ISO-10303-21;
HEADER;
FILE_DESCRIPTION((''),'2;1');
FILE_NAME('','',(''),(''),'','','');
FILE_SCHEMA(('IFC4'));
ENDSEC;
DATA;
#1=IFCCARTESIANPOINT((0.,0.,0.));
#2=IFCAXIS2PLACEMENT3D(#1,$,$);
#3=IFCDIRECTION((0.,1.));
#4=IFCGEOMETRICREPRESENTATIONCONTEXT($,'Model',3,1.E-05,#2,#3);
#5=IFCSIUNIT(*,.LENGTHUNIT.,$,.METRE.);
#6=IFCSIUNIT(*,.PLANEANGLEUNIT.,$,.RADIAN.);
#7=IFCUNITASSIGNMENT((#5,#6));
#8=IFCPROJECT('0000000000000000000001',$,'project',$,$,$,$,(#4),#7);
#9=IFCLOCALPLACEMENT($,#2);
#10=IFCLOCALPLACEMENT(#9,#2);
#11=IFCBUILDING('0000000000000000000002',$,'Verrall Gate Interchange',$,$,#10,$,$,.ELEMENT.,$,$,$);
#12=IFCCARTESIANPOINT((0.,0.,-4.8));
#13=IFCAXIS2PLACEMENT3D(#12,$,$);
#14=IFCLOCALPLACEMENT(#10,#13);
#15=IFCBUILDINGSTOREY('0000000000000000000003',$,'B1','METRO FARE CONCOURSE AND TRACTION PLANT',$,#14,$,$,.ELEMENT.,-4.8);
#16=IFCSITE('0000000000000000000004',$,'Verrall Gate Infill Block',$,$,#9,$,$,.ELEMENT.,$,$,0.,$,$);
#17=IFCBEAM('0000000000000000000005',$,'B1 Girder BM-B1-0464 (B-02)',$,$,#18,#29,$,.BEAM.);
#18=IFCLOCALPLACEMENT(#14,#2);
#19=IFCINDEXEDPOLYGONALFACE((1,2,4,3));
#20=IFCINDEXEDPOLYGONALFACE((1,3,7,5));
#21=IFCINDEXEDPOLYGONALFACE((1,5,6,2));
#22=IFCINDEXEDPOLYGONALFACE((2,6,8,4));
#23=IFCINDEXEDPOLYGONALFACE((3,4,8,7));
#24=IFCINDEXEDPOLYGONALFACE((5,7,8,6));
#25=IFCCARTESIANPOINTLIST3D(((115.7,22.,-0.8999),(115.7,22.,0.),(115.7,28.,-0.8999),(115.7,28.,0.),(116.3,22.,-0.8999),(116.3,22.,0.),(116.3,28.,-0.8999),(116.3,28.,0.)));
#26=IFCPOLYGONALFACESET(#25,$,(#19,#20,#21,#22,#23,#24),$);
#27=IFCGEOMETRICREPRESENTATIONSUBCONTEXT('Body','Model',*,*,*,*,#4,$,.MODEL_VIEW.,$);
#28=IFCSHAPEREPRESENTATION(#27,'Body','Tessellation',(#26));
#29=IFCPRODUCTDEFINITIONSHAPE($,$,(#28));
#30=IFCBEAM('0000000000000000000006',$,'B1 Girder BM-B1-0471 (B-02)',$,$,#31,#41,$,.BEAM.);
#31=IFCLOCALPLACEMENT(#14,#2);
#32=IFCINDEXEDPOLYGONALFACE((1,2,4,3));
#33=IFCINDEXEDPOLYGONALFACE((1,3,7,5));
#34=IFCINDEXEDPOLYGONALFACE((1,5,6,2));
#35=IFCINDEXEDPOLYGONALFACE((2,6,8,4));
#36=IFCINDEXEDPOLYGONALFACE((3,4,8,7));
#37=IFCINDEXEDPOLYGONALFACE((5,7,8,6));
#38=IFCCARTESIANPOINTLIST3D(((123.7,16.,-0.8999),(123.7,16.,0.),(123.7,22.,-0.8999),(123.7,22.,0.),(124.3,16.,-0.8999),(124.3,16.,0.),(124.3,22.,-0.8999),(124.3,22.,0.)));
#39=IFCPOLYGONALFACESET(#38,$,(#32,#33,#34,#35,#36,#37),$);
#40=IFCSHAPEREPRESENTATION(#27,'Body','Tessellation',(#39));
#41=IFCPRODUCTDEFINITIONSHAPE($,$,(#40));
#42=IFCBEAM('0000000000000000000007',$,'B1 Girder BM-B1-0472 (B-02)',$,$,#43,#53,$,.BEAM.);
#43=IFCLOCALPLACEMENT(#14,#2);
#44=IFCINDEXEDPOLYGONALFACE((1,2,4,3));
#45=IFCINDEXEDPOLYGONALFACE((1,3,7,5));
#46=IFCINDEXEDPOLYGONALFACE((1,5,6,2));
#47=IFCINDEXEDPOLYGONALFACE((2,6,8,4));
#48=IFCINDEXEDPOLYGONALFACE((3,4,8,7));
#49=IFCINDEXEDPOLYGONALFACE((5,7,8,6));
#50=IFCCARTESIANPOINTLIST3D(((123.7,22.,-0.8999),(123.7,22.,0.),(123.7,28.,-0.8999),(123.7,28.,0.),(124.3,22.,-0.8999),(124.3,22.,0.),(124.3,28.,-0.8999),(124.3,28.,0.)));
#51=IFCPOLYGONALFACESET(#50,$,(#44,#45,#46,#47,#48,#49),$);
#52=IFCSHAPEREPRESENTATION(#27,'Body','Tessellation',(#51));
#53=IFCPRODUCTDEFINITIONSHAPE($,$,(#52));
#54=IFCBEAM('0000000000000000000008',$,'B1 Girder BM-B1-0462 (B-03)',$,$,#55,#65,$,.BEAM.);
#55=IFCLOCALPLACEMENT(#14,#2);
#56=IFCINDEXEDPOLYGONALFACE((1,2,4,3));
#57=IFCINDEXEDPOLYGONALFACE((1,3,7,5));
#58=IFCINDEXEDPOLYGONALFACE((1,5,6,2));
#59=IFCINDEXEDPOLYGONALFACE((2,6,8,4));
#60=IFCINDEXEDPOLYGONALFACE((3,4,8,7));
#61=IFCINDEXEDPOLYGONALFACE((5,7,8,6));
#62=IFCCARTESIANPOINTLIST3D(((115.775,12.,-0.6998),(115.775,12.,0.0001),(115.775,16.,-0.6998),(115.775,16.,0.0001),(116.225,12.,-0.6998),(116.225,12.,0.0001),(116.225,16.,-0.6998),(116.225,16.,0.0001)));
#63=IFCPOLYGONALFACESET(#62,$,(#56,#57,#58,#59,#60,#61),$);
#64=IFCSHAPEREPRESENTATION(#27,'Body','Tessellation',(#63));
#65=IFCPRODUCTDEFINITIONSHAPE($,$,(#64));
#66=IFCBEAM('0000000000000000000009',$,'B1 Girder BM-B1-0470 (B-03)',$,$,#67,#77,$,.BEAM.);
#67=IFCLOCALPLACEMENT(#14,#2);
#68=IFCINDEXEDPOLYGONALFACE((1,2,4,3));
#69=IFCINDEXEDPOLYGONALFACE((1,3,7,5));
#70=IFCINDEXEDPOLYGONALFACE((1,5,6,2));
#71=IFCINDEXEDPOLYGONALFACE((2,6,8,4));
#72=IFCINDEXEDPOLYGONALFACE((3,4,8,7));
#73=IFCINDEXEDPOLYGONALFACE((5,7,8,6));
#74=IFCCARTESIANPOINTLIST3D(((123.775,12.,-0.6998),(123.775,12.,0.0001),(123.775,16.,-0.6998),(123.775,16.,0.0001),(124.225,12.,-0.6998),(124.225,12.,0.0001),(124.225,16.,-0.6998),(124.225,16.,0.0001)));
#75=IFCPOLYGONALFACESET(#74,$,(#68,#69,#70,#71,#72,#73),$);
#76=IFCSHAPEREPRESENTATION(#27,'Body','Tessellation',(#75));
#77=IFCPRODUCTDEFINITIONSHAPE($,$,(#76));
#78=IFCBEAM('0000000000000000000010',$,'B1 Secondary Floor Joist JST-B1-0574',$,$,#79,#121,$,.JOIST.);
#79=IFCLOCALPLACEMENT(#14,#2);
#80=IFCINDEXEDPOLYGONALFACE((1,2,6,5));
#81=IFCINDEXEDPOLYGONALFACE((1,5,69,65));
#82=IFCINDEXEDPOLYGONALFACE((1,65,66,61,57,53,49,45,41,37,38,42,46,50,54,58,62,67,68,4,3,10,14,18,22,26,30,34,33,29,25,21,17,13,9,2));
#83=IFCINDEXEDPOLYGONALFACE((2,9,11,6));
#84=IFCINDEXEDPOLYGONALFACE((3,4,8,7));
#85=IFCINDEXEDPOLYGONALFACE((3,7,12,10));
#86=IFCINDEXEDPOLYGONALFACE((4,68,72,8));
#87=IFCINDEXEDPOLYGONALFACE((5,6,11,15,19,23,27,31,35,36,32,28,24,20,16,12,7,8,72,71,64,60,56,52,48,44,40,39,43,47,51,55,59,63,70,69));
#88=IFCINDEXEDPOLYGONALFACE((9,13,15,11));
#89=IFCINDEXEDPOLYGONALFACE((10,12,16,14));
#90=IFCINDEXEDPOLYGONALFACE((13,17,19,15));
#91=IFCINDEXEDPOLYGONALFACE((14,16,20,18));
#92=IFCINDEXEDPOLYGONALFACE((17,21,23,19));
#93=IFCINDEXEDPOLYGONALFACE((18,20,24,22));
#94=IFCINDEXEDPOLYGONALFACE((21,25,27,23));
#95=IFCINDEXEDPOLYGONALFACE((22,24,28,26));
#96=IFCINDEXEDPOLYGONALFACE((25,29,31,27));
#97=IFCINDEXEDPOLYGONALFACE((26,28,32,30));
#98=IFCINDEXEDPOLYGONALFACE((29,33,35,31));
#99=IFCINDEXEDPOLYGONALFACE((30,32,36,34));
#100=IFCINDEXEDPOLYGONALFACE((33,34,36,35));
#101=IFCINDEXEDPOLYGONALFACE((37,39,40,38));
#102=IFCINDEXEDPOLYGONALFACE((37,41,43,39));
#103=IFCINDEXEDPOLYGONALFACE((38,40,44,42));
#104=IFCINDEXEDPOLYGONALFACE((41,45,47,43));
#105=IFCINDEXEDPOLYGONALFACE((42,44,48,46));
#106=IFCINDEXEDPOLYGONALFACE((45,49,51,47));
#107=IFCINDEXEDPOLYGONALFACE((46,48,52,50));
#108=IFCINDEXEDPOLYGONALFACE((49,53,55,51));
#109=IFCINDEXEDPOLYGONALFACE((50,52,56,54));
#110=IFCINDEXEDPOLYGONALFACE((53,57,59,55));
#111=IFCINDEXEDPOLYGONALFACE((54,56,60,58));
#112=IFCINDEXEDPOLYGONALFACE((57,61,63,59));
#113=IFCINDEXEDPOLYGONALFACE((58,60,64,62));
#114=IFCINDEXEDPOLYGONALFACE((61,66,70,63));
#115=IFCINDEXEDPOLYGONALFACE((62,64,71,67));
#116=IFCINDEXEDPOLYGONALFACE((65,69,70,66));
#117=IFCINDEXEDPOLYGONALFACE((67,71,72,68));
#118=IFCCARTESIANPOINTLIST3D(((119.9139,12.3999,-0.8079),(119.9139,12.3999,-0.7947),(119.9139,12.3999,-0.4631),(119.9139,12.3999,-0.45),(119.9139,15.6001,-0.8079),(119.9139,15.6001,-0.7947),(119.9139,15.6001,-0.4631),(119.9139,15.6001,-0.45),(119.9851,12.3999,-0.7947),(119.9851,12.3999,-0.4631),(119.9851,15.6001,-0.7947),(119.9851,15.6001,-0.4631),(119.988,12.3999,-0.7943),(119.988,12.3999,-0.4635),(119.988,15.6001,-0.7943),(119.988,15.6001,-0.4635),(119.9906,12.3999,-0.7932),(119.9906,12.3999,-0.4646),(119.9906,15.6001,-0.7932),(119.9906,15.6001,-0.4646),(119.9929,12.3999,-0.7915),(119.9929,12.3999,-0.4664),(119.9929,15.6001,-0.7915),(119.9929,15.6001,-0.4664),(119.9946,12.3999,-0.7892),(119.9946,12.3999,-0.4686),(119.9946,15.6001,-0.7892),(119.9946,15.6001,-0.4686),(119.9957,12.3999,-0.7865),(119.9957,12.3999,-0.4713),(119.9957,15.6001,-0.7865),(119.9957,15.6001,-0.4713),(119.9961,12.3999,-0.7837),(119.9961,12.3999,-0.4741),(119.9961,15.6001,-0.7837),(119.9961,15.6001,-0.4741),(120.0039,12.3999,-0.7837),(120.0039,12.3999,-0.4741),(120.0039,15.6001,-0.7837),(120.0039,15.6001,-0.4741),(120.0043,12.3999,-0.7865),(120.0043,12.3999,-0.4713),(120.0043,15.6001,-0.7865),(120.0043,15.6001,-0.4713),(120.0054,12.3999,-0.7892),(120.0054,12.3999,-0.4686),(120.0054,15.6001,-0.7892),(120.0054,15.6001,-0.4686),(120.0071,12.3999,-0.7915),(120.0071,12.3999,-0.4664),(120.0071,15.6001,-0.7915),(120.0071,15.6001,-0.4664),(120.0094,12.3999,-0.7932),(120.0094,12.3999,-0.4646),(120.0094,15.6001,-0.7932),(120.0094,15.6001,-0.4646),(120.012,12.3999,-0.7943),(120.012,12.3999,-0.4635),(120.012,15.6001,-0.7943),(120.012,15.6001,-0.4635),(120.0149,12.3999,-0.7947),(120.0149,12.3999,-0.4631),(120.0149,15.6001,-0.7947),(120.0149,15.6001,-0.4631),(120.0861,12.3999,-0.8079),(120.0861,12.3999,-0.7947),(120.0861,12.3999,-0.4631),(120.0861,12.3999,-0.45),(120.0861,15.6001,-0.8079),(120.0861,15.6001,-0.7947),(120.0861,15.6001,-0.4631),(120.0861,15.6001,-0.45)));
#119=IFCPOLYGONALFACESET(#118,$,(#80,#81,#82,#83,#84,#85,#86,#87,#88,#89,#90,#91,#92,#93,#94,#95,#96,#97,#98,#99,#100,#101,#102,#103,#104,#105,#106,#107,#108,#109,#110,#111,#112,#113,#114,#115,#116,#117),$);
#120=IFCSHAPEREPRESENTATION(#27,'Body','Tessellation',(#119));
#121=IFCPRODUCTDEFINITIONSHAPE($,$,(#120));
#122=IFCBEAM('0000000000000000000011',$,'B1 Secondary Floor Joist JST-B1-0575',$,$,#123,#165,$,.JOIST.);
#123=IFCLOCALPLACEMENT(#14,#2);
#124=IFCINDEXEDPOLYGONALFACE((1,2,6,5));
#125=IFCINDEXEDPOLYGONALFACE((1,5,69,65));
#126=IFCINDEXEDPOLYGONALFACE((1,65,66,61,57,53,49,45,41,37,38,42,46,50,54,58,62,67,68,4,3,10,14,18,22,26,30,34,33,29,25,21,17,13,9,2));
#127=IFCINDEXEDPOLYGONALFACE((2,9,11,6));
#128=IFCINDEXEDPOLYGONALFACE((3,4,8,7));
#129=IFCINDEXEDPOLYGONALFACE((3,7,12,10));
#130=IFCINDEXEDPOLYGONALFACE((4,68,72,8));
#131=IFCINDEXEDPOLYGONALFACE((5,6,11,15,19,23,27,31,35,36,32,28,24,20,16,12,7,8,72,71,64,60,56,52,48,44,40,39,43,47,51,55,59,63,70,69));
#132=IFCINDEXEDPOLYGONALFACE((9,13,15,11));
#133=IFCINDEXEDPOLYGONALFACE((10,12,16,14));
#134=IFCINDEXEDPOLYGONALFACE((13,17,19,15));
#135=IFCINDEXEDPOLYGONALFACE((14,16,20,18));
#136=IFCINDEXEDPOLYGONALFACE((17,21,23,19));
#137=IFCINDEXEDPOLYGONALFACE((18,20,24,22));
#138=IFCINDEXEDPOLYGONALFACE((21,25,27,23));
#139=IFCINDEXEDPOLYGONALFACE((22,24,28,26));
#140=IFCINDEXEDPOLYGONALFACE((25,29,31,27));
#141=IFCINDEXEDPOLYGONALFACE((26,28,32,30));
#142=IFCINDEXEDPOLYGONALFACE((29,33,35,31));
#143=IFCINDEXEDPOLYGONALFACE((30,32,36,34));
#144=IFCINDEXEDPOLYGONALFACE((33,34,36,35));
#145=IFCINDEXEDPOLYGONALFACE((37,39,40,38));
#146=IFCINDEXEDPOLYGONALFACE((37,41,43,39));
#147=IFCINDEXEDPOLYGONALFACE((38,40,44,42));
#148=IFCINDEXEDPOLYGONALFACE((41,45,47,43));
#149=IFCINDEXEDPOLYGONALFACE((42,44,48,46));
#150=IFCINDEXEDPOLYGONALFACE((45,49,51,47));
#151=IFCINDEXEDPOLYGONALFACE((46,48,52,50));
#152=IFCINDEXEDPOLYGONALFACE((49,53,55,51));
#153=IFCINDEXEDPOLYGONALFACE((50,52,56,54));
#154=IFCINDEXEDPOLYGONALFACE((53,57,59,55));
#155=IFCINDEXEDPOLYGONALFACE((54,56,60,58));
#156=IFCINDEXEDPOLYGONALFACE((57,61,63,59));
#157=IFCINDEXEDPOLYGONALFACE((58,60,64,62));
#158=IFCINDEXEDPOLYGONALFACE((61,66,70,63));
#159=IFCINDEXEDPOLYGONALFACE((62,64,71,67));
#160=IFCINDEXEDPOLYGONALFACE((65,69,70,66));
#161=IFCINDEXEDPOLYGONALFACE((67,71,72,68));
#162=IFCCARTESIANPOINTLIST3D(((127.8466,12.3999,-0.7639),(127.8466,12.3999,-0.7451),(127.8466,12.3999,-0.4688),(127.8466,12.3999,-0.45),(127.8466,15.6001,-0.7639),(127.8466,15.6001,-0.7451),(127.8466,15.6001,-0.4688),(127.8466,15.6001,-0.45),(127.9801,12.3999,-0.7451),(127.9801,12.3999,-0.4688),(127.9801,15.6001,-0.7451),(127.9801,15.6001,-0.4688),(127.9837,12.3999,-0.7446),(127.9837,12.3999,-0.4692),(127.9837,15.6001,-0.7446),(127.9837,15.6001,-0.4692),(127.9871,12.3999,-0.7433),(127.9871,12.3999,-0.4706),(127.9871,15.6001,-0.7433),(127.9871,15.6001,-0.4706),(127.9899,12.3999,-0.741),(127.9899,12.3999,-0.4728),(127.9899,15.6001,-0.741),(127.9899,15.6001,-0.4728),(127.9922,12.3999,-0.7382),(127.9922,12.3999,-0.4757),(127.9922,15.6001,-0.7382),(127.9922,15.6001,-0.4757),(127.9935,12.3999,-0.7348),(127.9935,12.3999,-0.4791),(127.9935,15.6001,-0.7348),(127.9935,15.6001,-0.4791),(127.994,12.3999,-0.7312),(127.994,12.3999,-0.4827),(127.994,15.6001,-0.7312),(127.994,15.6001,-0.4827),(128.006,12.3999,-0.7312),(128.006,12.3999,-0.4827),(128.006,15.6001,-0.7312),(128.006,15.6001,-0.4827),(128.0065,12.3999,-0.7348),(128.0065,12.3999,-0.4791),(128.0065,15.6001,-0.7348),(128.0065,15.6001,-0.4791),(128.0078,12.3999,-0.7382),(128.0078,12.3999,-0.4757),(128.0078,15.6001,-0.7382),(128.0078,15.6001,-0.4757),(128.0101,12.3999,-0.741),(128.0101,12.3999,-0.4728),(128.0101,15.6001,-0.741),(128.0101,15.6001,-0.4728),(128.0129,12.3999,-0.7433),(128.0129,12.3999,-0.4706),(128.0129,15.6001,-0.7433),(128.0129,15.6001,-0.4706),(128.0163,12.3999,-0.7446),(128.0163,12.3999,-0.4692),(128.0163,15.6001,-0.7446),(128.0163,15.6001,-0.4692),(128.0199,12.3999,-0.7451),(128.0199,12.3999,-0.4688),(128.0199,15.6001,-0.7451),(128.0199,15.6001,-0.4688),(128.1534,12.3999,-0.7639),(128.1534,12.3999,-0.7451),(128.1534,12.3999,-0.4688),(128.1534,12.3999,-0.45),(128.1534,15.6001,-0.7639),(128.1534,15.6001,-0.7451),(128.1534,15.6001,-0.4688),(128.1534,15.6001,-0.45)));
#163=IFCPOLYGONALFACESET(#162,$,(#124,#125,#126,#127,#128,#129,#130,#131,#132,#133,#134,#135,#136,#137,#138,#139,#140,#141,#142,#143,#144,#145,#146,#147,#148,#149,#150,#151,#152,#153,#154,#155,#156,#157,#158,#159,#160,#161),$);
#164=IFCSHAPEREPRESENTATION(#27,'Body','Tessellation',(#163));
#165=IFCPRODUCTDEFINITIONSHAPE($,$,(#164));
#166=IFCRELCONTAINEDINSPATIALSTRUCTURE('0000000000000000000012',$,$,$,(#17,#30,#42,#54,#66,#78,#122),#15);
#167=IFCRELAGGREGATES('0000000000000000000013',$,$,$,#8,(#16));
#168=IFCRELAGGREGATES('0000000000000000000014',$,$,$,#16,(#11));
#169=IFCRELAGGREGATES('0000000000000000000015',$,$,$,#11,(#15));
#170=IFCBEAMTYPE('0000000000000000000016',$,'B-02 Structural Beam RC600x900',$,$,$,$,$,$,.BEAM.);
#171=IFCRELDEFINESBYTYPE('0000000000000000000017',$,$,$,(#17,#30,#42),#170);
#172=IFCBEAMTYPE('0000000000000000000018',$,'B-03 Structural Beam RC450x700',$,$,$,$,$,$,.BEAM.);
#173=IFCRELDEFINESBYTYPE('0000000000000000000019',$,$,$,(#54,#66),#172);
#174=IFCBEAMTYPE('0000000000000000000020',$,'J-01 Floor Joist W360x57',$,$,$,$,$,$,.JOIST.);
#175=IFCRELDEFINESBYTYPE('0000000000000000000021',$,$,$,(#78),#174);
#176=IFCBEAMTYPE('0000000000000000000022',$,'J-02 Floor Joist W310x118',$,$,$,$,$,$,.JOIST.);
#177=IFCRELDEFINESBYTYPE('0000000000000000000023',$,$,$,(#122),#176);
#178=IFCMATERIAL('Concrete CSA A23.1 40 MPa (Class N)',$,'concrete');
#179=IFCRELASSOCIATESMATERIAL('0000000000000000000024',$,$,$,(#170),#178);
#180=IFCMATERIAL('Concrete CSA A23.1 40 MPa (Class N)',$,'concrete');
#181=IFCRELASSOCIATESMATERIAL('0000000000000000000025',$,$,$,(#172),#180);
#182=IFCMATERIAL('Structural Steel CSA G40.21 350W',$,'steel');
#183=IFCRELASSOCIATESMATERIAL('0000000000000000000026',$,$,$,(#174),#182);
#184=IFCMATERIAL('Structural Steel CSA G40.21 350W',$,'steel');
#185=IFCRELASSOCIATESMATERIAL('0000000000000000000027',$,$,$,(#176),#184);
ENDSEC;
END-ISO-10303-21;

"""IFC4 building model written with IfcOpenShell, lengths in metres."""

from ifc_helpers import new_model, si_unit, direction, frame, origin, origin_2d, place, context, subcontext, project, spatial, rectangle, i_section, extrude, material, material_profile, profile_set, type_object, element, save


model = new_model("IFC4")

# Units and contexts
model_context = context("Model", 3, precision=1e-05, world=origin(), true_north=direction((0.0, 1.0)))
body_context = subcontext(model_context, "Body", "Model", "MODEL_VIEW")
ifc_project = project(units=[si_unit("LENGTHUNIT", "METRE"), si_unit("PLANEANGLEUNIT", "RADIAN")], contexts=[model_context])

# Site, building, storey
site_placement = place(None, origin())
site = spatial("IfcSite", under=ifc_project, at=site_placement, Name="Verrall Gate Infill Block", CompositionType="ELEMENT", RefElevation=0.0)
building_placement = place(site_placement, origin())
building = spatial("IfcBuilding", under=site, at=building_placement, Name="Verrall Gate Interchange", CompositionType="ELEMENT")
storey_placement = place(building_placement, frame((0.0, 0.0, -4.8)))
storey = spatial("IfcBuildingStorey", under=building, at=storey_placement, Name="B1", Description="METRO FARE CONCOURSE AND TRACTION PLANT", CompositionType="ELEMENT", Elevation=-4.8)

# Beams
ifc_material_1 = material(Name="Concrete CSA A23.1 40 MPa (Class N)", Category="concrete")
ifc_material_profile_1 = material_profile(ifc_material_1, rectangle(XDim=0.6001, YDim=0.8999, at=origin_2d()), Name="RC600x900")
ifc_profile_set_1 = profile_set([ifc_material_profile_1], Name="Concrete CSA A23.1 40 MPa (Class N)")
beam_type_1 = type_object("IfcBeamType", Name="B-02 Structural Beam RC600x900", PredefinedType="BEAM", material=ifc_profile_set_1)
for number, where, z_axis, x_axis, name in (
    (1, (116.0, 22.0, -0.45), (0.0, 1.0, 0.0), (-1.0, 0.0, 0.0), "B1 Girder BM-B1-0464 (B-02)"),
    (2, (124.0, 16.0, -0.45), (0.0, 1.0, 0.0), (-1.0, 0.0, 0.0), "B1 Girder BM-B1-0471 (B-02)"),
    (3, (124.0, 22.0, -0.45), (0.0, 1.0, 0.0), (-1.0, 0.0, 0.0), "B1 Girder BM-B1-0472 (B-02)"),
):
    element("IfcBeam", number, at=place(storey_placement, frame(where, z_axis=z_axis, x_axis=x_axis)), inside=storey, type_object=beam_type_1, Name=name, PredefinedType="BEAM", context=body_context, shape_type="SweptSolid", body=[
        extrude(rectangle(XDim=0.6001, YDim=0.8999, at=origin_2d()), origin(), (0.0, 0.0, 1.0), 6.0),
    ])
ifc_material_2 = material(Name="Concrete CSA A23.1 40 MPa (Class N)", Category="concrete")
ifc_material_profile_2 = material_profile(ifc_material_2, rectangle(XDim=0.45, YDim=0.7, at=origin_2d()), Name="RC450x700")
ifc_profile_set_2 = profile_set([ifc_material_profile_2], Name="Concrete CSA A23.1 40 MPa (Class N)")
beam_type_2 = type_object("IfcBeamType", Name="B-03 Structural Beam RC450x700", PredefinedType="BEAM", material=ifc_profile_set_2)
for number, where, z_axis, x_axis, name in (
    (4, (116.0, 12.0, -0.3499), (0.0, 1.0, 0.0), (-1.0, 0.0, 0.0), "B1 Girder BM-B1-0462 (B-03)"),
    (5, (124.0, 12.0, -0.3499), (0.0, 1.0, 0.0), (-1.0, 0.0, 0.0), "B1 Girder BM-B1-0470 (B-03)"),
):
    element("IfcBeam", number, at=place(storey_placement, frame(where, z_axis=z_axis, x_axis=x_axis)), inside=storey, type_object=beam_type_2, Name=name, PredefinedType="BEAM", context=body_context, shape_type="SweptSolid", body=[
        extrude(rectangle(XDim=0.45, YDim=0.7, at=origin_2d()), origin(), (0.0, 0.0, 1.0), 4.0),
    ])
ifc_material_3 = material(Name="Structural Steel CSA G40.21 350W", Category="steel")
ifc_material_profile_3 = material_profile(ifc_material_3, i_section(OverallWidth=0.1721, OverallDepth=0.3579, WebThickness=0.0078, FlangeThickness=0.0132, FilletRadius=0.011, at=origin_2d()), Name="W360x57")
ifc_profile_set_3 = profile_set([ifc_material_profile_3], Name="Structural Steel CSA G40.21 350W")
beam_type_3 = type_object("IfcBeamType", Name="J-01 Floor Joist W360x57", PredefinedType="JOIST", material=ifc_profile_set_3)
beam_1_placement = place(storey_placement, frame((120.0, 12.3999, -0.6289), z_axis=(0.0, 1.0, 0.0), x_axis=(-1.0, 0.0, 0.0)))
element("IfcBeam", 6, at=beam_1_placement, inside=storey, type_object=beam_type_3, Name="B1 Secondary Floor Joist JST-B1-0574", PredefinedType="JOIST", context=body_context, shape_type="SweptSolid", body=[
    extrude(i_section(OverallWidth=0.1721, OverallDepth=0.3579, WebThickness=0.0078, FlangeThickness=0.0132, FilletRadius=0.011, at=origin_2d()), origin(), (0.0, 0.0, 1.0), 3.2002),
])
ifc_material_4 = material(Name="Structural Steel CSA G40.21 350W", Category="steel")
ifc_material_profile_4 = material_profile(ifc_material_4, i_section(OverallWidth=0.3069, OverallDepth=0.314, WebThickness=0.012, FlangeThickness=0.0188, FilletRadius=0.0139, at=origin_2d()), Name="W310x118")
ifc_profile_set_4 = profile_set([ifc_material_profile_4], Name="Structural Steel CSA G40.21 350W")
beam_type_4 = type_object("IfcBeamType", Name="J-02 Floor Joist W310x118", PredefinedType="JOIST", material=ifc_profile_set_4)
beam_2_placement = place(storey_placement, frame((128.0, 12.3999, -0.6069), z_axis=(0.0, 1.0, 0.0), x_axis=(-1.0, 0.0, 0.0)))
element("IfcBeam", 7, at=beam_2_placement, inside=storey, type_object=beam_type_4, Name="B1 Secondary Floor Joist JST-B1-0575", PredefinedType="JOIST", context=body_context, shape_type="SweptSolid", body=[
    extrude(i_section(OverallWidth=0.3069, OverallDepth=0.314, WebThickness=0.012, FlangeThickness=0.0188, FilletRadius=0.0139, at=origin_2d()), origin(), (0.0, 0.0, 1.0), 3.2002),
])

save(model, "model.ifc")
